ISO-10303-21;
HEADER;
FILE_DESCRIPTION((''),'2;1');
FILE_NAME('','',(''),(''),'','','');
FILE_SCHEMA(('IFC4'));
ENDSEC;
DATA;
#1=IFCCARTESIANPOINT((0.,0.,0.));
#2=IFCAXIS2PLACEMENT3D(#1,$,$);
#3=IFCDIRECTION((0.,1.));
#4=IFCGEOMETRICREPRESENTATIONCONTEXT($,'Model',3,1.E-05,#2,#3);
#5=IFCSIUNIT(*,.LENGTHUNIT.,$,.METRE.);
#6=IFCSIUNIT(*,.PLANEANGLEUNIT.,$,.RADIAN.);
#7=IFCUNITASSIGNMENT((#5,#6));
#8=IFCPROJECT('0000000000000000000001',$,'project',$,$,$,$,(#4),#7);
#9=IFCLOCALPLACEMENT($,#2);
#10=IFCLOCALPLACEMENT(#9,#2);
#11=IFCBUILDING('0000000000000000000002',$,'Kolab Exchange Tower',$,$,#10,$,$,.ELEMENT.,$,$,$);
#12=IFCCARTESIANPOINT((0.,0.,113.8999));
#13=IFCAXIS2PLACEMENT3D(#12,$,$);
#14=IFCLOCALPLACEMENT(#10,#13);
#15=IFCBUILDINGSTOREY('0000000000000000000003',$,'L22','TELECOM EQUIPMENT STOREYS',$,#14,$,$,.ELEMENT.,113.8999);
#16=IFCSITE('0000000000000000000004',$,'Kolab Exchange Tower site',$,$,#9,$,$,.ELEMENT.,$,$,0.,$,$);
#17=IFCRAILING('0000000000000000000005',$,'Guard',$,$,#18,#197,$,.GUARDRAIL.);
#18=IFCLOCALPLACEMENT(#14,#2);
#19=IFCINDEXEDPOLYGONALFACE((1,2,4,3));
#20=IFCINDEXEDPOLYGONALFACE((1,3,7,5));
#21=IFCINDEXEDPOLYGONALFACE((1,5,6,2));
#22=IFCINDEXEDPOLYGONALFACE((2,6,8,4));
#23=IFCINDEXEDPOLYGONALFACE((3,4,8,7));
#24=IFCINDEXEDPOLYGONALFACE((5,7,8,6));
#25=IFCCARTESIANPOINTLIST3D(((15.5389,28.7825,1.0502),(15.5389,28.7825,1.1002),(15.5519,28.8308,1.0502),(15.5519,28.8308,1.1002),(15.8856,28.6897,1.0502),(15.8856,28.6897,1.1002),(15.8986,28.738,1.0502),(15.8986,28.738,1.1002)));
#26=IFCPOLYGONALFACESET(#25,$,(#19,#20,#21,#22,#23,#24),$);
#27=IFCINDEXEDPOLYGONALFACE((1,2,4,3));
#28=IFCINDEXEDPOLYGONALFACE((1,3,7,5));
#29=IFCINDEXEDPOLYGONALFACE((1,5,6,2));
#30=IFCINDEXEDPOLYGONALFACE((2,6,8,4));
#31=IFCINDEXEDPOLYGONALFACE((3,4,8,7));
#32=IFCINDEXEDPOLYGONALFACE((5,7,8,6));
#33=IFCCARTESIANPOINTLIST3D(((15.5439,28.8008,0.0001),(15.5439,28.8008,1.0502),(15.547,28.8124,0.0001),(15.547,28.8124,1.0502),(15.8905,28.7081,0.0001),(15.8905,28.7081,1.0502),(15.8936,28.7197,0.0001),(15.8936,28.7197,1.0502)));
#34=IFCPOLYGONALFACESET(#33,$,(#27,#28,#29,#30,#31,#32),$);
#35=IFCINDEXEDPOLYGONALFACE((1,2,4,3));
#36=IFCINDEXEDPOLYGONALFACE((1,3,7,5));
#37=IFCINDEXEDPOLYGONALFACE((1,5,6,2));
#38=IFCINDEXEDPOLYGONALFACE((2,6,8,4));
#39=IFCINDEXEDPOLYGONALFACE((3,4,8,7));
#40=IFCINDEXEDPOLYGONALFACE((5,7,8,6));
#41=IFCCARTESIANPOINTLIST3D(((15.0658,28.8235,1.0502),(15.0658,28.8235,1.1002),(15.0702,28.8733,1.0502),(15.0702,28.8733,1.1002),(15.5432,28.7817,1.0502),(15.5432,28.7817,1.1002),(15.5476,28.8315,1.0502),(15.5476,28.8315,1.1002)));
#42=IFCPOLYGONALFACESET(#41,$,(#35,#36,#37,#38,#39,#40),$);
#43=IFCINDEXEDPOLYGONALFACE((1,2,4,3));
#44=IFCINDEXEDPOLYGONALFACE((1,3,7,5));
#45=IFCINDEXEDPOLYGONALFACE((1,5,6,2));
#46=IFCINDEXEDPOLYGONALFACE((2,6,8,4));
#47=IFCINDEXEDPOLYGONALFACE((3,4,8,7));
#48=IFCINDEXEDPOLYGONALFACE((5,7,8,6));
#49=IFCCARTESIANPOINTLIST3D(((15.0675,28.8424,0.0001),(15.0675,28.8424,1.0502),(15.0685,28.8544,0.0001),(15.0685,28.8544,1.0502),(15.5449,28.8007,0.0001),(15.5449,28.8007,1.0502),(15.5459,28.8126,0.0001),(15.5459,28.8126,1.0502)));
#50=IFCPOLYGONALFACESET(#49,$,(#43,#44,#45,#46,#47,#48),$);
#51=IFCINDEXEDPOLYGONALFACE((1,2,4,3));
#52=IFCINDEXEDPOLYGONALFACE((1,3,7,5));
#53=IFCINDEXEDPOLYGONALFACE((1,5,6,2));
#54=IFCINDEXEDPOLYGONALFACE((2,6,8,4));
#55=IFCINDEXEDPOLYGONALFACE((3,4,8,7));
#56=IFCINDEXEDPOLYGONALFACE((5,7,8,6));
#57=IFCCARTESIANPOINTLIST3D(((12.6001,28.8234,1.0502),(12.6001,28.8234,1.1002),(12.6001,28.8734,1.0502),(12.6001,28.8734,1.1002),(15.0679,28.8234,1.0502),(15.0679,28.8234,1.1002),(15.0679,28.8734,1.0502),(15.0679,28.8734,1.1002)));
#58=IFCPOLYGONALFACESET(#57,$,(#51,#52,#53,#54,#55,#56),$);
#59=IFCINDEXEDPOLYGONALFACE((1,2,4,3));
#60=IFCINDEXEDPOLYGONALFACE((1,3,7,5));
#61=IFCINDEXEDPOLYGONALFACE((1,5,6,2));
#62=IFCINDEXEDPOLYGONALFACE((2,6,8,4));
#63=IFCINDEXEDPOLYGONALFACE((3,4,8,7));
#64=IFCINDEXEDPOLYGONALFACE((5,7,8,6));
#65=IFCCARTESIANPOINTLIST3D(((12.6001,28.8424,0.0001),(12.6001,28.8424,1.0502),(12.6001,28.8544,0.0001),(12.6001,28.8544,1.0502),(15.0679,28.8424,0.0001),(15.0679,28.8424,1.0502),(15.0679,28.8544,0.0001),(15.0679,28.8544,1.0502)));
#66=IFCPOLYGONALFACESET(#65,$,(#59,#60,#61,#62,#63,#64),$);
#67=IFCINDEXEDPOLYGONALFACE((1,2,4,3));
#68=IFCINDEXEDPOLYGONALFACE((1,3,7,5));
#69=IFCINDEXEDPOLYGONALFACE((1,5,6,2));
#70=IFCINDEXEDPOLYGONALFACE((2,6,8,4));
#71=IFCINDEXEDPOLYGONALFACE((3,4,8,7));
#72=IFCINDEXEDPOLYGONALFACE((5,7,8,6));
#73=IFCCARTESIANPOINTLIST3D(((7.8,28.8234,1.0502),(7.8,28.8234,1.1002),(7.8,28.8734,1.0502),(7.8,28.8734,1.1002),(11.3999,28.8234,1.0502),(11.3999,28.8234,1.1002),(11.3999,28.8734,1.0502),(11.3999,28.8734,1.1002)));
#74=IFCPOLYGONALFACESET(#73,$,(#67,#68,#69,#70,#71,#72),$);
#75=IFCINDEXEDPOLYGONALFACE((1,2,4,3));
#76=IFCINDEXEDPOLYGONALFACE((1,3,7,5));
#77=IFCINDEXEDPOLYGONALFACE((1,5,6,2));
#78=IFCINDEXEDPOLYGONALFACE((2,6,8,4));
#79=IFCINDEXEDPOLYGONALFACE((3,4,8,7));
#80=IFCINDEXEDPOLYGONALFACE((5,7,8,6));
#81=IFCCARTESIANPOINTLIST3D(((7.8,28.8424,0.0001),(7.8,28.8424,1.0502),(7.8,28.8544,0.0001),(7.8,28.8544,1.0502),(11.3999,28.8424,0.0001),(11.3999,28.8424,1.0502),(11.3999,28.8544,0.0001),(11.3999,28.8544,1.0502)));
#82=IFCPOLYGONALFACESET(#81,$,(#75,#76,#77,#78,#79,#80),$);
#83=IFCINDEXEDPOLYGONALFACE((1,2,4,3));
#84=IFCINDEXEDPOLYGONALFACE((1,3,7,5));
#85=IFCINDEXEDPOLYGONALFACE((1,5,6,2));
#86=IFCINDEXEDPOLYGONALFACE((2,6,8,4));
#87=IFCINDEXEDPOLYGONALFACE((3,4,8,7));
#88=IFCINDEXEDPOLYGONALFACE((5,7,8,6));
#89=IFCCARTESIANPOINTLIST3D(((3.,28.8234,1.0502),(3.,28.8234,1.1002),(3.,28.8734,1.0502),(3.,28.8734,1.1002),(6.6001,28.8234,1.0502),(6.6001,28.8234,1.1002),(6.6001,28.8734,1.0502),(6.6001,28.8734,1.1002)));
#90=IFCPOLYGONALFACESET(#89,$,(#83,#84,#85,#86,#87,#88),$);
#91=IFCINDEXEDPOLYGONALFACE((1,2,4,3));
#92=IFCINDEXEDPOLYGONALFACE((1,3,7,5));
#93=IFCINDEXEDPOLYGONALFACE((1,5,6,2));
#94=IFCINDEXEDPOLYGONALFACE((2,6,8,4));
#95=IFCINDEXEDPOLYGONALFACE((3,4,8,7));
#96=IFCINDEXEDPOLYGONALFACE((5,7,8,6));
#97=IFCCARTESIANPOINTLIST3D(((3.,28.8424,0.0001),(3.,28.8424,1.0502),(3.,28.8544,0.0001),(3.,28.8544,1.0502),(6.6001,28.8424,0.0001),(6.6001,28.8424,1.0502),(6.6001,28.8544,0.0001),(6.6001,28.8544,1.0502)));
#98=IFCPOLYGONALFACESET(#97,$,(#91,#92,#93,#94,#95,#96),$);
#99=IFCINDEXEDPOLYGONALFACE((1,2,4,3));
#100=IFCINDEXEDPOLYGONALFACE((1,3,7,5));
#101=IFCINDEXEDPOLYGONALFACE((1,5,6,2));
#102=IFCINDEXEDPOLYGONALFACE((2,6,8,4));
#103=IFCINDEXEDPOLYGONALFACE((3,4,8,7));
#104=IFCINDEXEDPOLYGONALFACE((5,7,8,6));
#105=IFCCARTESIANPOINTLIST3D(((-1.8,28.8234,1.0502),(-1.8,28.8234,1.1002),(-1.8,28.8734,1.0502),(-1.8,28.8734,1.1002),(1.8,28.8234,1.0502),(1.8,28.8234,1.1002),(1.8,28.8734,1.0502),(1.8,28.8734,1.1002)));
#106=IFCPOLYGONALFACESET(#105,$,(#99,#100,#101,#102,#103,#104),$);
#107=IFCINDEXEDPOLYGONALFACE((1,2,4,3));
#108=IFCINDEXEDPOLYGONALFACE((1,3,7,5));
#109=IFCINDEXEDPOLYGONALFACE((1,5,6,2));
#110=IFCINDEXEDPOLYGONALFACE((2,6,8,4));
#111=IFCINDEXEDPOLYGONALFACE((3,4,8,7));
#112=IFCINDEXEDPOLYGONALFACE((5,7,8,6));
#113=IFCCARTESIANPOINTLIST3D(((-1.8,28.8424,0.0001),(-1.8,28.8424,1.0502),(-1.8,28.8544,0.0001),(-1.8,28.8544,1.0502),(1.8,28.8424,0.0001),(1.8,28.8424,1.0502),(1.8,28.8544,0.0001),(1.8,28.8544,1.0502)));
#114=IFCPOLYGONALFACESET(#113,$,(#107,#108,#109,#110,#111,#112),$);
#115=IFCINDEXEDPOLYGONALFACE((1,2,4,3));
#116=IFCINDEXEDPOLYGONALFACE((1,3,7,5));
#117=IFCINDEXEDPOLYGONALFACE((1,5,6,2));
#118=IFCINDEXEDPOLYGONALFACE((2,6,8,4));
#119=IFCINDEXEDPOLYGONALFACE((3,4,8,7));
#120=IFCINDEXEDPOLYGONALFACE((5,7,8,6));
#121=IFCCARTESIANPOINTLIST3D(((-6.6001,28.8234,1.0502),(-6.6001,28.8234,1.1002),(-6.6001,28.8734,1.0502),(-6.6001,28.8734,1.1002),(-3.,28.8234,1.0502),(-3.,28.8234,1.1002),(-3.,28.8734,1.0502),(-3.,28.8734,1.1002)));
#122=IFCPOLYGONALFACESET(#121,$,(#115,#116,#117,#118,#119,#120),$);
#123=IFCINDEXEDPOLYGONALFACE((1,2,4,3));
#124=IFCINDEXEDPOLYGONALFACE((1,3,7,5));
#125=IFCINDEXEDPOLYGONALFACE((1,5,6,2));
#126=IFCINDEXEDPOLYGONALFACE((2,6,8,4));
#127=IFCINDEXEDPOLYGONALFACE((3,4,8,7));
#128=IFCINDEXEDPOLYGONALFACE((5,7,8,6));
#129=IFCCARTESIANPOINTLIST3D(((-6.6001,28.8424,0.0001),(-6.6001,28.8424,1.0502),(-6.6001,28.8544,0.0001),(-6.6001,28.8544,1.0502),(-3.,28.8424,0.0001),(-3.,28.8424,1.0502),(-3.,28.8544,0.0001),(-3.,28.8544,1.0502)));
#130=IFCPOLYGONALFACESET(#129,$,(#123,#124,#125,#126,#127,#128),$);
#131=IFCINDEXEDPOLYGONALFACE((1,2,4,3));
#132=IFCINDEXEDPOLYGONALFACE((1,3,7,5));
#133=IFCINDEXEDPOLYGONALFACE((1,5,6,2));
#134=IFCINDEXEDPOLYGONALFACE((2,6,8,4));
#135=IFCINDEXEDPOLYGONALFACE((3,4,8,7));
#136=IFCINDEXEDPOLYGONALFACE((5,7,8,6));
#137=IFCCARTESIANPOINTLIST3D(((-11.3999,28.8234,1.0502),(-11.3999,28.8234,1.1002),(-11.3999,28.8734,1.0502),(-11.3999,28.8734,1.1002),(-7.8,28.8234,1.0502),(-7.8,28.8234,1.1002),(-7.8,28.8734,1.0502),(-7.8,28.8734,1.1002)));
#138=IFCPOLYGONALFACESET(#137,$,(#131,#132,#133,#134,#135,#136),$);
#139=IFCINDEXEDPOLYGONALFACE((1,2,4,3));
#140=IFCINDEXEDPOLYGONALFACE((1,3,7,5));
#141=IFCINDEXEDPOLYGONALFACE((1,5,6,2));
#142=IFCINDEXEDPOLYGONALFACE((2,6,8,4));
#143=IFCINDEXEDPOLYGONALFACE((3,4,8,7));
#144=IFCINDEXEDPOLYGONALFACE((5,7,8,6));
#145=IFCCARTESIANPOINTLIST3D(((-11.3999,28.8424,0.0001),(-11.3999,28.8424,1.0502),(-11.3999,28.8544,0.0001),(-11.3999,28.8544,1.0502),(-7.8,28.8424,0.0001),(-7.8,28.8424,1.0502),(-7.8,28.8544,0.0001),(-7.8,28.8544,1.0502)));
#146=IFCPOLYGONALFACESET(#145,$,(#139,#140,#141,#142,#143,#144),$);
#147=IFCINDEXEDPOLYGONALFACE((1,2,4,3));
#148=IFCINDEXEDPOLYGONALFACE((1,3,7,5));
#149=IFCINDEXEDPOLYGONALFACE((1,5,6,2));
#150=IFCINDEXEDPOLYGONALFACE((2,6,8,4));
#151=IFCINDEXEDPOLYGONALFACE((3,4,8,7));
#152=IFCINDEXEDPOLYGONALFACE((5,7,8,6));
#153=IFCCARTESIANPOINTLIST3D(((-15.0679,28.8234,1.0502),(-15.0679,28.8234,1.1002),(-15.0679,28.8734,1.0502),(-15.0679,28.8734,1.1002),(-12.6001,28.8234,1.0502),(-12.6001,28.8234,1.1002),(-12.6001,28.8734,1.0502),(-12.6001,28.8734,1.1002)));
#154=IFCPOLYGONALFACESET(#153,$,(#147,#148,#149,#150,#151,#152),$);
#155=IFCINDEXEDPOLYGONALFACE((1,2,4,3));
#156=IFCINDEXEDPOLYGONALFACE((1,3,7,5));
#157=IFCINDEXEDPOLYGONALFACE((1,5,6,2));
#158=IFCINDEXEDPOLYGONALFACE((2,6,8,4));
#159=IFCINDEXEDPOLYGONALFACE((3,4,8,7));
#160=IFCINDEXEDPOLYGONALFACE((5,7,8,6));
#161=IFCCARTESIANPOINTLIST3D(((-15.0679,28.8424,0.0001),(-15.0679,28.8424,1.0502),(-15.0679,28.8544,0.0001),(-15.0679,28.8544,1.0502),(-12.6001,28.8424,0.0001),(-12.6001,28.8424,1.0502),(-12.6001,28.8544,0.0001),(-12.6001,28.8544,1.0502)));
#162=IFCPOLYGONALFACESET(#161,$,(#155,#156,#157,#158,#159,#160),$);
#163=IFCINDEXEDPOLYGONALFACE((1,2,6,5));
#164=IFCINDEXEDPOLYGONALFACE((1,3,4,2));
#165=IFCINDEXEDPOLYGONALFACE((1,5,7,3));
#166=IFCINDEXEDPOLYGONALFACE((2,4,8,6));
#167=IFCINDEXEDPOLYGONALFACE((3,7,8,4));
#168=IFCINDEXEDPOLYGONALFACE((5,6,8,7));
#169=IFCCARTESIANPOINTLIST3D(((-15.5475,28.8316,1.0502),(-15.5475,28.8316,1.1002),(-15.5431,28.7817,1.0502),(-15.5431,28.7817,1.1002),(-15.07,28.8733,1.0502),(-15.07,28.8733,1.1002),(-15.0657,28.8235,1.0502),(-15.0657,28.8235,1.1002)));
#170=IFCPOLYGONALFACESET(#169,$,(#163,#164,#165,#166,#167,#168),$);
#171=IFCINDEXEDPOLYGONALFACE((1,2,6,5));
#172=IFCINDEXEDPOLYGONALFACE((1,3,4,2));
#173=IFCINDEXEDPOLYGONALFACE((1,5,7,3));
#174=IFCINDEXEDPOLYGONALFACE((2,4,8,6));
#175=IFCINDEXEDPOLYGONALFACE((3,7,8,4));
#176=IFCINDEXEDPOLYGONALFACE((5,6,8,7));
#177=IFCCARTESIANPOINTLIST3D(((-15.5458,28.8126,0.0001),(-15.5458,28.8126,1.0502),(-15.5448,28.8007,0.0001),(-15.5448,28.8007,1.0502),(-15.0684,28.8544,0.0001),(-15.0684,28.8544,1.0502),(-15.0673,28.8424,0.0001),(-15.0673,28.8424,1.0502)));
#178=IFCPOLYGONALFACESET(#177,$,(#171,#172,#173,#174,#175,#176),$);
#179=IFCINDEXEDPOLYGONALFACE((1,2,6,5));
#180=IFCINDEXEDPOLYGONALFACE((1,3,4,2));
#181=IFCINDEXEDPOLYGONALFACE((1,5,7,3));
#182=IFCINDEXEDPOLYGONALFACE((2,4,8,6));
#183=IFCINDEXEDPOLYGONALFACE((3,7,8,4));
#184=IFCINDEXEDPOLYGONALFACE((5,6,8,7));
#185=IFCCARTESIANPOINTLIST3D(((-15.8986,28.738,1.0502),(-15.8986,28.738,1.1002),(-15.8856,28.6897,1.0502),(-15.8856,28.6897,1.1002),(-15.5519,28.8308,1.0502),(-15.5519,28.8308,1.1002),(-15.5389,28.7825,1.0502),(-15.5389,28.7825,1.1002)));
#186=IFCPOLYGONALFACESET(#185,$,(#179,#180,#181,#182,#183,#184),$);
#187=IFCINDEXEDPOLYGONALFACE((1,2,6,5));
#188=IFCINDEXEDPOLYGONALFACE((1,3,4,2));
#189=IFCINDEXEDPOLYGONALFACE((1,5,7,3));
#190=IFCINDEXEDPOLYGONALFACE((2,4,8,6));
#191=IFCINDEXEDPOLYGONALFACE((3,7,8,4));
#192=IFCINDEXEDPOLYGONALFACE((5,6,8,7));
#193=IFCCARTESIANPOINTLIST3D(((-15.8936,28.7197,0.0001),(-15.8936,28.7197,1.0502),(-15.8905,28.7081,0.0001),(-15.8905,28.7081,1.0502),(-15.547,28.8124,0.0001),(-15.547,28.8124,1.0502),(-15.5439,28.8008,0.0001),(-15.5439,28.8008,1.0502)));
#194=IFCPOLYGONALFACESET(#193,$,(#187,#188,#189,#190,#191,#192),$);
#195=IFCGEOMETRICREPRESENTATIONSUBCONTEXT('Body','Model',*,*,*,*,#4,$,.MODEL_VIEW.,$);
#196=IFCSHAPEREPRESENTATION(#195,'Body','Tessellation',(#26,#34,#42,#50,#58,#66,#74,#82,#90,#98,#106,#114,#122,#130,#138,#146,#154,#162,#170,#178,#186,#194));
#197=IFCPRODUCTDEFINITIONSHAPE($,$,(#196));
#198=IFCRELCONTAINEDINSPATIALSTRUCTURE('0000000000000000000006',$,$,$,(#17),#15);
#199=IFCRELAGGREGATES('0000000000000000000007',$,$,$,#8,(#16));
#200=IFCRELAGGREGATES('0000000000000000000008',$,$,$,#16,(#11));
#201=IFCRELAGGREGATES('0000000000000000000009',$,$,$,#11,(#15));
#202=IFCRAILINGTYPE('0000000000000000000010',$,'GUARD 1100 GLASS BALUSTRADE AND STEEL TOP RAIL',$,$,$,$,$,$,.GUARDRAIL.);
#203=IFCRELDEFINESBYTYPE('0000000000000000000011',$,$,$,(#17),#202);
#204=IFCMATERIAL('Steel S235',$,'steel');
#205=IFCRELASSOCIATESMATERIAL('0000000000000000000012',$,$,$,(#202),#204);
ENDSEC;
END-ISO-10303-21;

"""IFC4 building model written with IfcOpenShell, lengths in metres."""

from ifc_helpers import new_model, si_unit, direction, frame, frame_2d, origin, origin_2d, place, context, subcontext, project, spatial, rectangle, extrude, material, type_object, element, save


model = new_model("IFC4")

# Units and contexts
model_context = context("Model", 3, precision=1e-05, world=origin(), true_north=direction((0.0, 1.0)))
body_context = subcontext(model_context, "Body", "Model", "MODEL_VIEW")
ifc_project = project(units=[si_unit("LENGTHUNIT", "METRE"), si_unit("PLANEANGLEUNIT", "RADIAN")], contexts=[model_context])

# Site, building, storey
site_placement = place(None, origin())
site = spatial("IfcSite", under=ifc_project, at=site_placement, Name="Kolab Exchange Tower site", CompositionType="ELEMENT", RefElevation=0.0)
building_placement = place(site_placement, origin())
building = spatial("IfcBuilding", under=site, at=building_placement, Name="Kolab Exchange Tower", CompositionType="ELEMENT")
storey_placement = place(building_placement, frame((0.0, 0.0, 113.8999)))
storey = spatial("IfcBuildingStorey", under=building, at=storey_placement, Name="L22", Description="TELECOM EQUIPMENT STOREYS", CompositionType="ELEMENT", Elevation=113.8999)

# Railing
ifc_material_1 = material(Name="Steel S235", Category="steel")
railing_type = type_object("IfcRailingType", Name="GUARD 1100 GLASS BALUSTRADE AND STEEL TOP RAIL", PredefinedType="GUARDRAIL", material=ifc_material_1)
railing_placement = place(storey_placement, frame((15.8921, 28.7139, 0.0)))
element("IfcRailing", 1, at=railing_placement, inside=storey, type_object=railing_type, Name="Guard", PredefinedType="GUARDRAIL", context=body_context, shape_type="SweptSolid", body=[
    extrude(rectangle(XDim=0.05, YDim=0.05, at=origin_2d()), frame((0.0, 0.0, 1.0752), z_axis=(-0.966009, 0.258509, 0.0), x_axis=(-0.258509, -0.966009, 0.0)), (0.0, 0.0, 1.0), 0.3589),
    extrude(rectangle(XDim=0.012, YDim=1.0501, at=frame_2d((0.0, 0.5251))), frame((0.0, 0.0, 0.0), z_axis=(-0.966009, 0.258509, 0.0), x_axis=(-0.258509, -0.966009, 0.0)), (0.0, 0.0, 1.0), 0.3589),
    extrude(rectangle(XDim=0.05, YDim=0.05, at=origin_2d()), frame((-0.3467, 0.0928, 1.0752), z_axis=(-0.9962, 0.087091, 0.0), x_axis=(-0.087091, -0.9962, 0.0)), (0.0, 0.0, 1.0), 0.4792),
    extrude(rectangle(XDim=0.012, YDim=1.0501, at=frame_2d((0.0, 0.5251))), frame((-0.3467, 0.0928, 0.0), z_axis=(-0.9962, 0.087091, 0.0), x_axis=(-0.087091, -0.9962, 0.0)), (0.0, 0.0, 1.0), 0.4792),
    extrude(rectangle(XDim=0.05, YDim=0.05, at=origin_2d()), frame((-0.8242, 0.1345, 1.0752), z_axis=(-1.0, 0.0, 0.0), x_axis=(0.0, -1.0, 0.0)), (0.0, 0.0, 1.0), 2.4678),
    extrude(rectangle(XDim=0.012, YDim=1.0501, at=frame_2d((0.0, 0.5251))), frame((-0.8242, 0.1345, 0.0), z_axis=(-1.0, 0.0, 0.0), x_axis=(0.0, -1.0, 0.0)), (0.0, 0.0, 1.0), 2.4678),
    extrude(rectangle(XDim=0.05, YDim=0.05, at=origin_2d()), frame((-4.4922, 0.1345, 1.0752), z_axis=(-1.0, 0.0, 0.0), x_axis=(0.0, -1.0, 0.0)), (0.0, 0.0, 1.0), 3.5999),
    extrude(rectangle(XDim=0.012, YDim=1.0501, at=frame_2d((0.0, 0.5251))), frame((-4.4922, 0.1345, 0.0), z_axis=(-1.0, 0.0, 0.0), x_axis=(0.0, -1.0, 0.0)), (0.0, 0.0, 1.0), 3.5999),
    extrude(rectangle(XDim=0.05, YDim=0.05, at=origin_2d()), frame((-9.292, 0.1345, 1.0752), z_axis=(-1.0, 0.0, 0.0), x_axis=(0.0, -1.0, 0.0)), (0.0, 0.0, 1.0), 3.6001),
    extrude(rectangle(XDim=0.012, YDim=1.0501, at=frame_2d((0.0, 0.5251))), frame((-9.292, 0.1345, 0.0), z_axis=(-1.0, 0.0, 0.0), x_axis=(0.0, -1.0, 0.0)), (0.0, 0.0, 1.0), 3.6001),
    extrude(rectangle(XDim=0.05, YDim=0.05, at=origin_2d()), frame((-14.092, 0.1345, 1.0752), z_axis=(-1.0, 0.0, 0.0), x_axis=(0.0, -1.0, 0.0)), (0.0, 0.0, 1.0), 3.6001),
    extrude(rectangle(XDim=0.012, YDim=1.0501, at=frame_2d((0.0, 0.5251))), frame((-14.092, 0.1345, 0.0), z_axis=(-1.0, 0.0, 0.0), x_axis=(0.0, -1.0, 0.0)), (0.0, 0.0, 1.0), 3.6001),
    extrude(rectangle(XDim=0.05, YDim=0.05, at=origin_2d()), frame((-18.8921, 0.1345, 1.0752), z_axis=(-1.0, 0.0, 0.0), x_axis=(0.0, -1.0, 0.0)), (0.0, 0.0, 1.0), 3.6001),
    extrude(rectangle(XDim=0.012, YDim=1.0501, at=frame_2d((0.0, 0.5251))), frame((-18.8921, 0.1345, 0.0), z_axis=(-1.0, 0.0, 0.0), x_axis=(0.0, -1.0, 0.0)), (0.0, 0.0, 1.0), 3.6001),
    extrude(rectangle(XDim=0.05, YDim=0.05, at=origin_2d()), frame((-23.6921, 0.1345, 1.0752), z_axis=(-1.0, 0.0, 0.0), x_axis=(0.0, -1.0, 0.0)), (0.0, 0.0, 1.0), 3.5999),
    extrude(rectangle(XDim=0.012, YDim=1.0501, at=frame_2d((0.0, 0.5251))), frame((-23.6921, 0.1345, 0.0), z_axis=(-1.0, 0.0, 0.0), x_axis=(0.0, -1.0, 0.0)), (0.0, 0.0, 1.0), 3.5999),
    extrude(rectangle(XDim=0.05, YDim=0.05, at=origin_2d()), frame((-28.4922, 0.1345, 1.0752), z_axis=(-1.0, 0.0, 0.0), x_axis=(0.0, -1.0, 0.0)), (0.0, 0.0, 1.0), 2.4678),
    extrude(rectangle(XDim=0.012, YDim=1.0501, at=frame_2d((0.0, 0.5251))), frame((-28.4922, 0.1345, 0.0), z_axis=(-1.0, 0.0, 0.0), x_axis=(0.0, -1.0, 0.0)), (0.0, 0.0, 1.0), 2.4678),
    extrude(rectangle(XDim=0.05, YDim=0.05, at=origin_2d()), frame((-30.96, 0.1345, 1.0752), z_axis=(-0.9962, -0.087091, 0.0), x_axis=(0.087091, -0.9962, 0.0)), (0.0, 0.0, 1.0), 0.4792),
    extrude(rectangle(XDim=0.012, YDim=1.0501, at=frame_2d((0.0, 0.5251))), frame((-30.96, 0.1345, 0.0), z_axis=(-0.9962, -0.087091, 0.0), x_axis=(0.087091, -0.9962, 0.0)), (0.0, 0.0, 1.0), 0.4792),
    extrude(rectangle(XDim=0.05, YDim=0.05, at=origin_2d()), frame((-31.4375, 0.0928, 1.0752), z_axis=(-0.966009, -0.258509, 0.0), x_axis=(0.258509, -0.966009, 0.0)), (0.0, 0.0, 1.0), 0.3589),
    extrude(rectangle(XDim=0.012, YDim=1.0501, at=frame_2d((0.0, 0.5251))), frame((-31.4375, 0.0928, 0.0), z_axis=(-0.966009, -0.258509, 0.0), x_axis=(0.258509, -0.966009, 0.0)), (0.0, 0.0, 1.0), 0.3589),
])

save(model, "model.ifc")
